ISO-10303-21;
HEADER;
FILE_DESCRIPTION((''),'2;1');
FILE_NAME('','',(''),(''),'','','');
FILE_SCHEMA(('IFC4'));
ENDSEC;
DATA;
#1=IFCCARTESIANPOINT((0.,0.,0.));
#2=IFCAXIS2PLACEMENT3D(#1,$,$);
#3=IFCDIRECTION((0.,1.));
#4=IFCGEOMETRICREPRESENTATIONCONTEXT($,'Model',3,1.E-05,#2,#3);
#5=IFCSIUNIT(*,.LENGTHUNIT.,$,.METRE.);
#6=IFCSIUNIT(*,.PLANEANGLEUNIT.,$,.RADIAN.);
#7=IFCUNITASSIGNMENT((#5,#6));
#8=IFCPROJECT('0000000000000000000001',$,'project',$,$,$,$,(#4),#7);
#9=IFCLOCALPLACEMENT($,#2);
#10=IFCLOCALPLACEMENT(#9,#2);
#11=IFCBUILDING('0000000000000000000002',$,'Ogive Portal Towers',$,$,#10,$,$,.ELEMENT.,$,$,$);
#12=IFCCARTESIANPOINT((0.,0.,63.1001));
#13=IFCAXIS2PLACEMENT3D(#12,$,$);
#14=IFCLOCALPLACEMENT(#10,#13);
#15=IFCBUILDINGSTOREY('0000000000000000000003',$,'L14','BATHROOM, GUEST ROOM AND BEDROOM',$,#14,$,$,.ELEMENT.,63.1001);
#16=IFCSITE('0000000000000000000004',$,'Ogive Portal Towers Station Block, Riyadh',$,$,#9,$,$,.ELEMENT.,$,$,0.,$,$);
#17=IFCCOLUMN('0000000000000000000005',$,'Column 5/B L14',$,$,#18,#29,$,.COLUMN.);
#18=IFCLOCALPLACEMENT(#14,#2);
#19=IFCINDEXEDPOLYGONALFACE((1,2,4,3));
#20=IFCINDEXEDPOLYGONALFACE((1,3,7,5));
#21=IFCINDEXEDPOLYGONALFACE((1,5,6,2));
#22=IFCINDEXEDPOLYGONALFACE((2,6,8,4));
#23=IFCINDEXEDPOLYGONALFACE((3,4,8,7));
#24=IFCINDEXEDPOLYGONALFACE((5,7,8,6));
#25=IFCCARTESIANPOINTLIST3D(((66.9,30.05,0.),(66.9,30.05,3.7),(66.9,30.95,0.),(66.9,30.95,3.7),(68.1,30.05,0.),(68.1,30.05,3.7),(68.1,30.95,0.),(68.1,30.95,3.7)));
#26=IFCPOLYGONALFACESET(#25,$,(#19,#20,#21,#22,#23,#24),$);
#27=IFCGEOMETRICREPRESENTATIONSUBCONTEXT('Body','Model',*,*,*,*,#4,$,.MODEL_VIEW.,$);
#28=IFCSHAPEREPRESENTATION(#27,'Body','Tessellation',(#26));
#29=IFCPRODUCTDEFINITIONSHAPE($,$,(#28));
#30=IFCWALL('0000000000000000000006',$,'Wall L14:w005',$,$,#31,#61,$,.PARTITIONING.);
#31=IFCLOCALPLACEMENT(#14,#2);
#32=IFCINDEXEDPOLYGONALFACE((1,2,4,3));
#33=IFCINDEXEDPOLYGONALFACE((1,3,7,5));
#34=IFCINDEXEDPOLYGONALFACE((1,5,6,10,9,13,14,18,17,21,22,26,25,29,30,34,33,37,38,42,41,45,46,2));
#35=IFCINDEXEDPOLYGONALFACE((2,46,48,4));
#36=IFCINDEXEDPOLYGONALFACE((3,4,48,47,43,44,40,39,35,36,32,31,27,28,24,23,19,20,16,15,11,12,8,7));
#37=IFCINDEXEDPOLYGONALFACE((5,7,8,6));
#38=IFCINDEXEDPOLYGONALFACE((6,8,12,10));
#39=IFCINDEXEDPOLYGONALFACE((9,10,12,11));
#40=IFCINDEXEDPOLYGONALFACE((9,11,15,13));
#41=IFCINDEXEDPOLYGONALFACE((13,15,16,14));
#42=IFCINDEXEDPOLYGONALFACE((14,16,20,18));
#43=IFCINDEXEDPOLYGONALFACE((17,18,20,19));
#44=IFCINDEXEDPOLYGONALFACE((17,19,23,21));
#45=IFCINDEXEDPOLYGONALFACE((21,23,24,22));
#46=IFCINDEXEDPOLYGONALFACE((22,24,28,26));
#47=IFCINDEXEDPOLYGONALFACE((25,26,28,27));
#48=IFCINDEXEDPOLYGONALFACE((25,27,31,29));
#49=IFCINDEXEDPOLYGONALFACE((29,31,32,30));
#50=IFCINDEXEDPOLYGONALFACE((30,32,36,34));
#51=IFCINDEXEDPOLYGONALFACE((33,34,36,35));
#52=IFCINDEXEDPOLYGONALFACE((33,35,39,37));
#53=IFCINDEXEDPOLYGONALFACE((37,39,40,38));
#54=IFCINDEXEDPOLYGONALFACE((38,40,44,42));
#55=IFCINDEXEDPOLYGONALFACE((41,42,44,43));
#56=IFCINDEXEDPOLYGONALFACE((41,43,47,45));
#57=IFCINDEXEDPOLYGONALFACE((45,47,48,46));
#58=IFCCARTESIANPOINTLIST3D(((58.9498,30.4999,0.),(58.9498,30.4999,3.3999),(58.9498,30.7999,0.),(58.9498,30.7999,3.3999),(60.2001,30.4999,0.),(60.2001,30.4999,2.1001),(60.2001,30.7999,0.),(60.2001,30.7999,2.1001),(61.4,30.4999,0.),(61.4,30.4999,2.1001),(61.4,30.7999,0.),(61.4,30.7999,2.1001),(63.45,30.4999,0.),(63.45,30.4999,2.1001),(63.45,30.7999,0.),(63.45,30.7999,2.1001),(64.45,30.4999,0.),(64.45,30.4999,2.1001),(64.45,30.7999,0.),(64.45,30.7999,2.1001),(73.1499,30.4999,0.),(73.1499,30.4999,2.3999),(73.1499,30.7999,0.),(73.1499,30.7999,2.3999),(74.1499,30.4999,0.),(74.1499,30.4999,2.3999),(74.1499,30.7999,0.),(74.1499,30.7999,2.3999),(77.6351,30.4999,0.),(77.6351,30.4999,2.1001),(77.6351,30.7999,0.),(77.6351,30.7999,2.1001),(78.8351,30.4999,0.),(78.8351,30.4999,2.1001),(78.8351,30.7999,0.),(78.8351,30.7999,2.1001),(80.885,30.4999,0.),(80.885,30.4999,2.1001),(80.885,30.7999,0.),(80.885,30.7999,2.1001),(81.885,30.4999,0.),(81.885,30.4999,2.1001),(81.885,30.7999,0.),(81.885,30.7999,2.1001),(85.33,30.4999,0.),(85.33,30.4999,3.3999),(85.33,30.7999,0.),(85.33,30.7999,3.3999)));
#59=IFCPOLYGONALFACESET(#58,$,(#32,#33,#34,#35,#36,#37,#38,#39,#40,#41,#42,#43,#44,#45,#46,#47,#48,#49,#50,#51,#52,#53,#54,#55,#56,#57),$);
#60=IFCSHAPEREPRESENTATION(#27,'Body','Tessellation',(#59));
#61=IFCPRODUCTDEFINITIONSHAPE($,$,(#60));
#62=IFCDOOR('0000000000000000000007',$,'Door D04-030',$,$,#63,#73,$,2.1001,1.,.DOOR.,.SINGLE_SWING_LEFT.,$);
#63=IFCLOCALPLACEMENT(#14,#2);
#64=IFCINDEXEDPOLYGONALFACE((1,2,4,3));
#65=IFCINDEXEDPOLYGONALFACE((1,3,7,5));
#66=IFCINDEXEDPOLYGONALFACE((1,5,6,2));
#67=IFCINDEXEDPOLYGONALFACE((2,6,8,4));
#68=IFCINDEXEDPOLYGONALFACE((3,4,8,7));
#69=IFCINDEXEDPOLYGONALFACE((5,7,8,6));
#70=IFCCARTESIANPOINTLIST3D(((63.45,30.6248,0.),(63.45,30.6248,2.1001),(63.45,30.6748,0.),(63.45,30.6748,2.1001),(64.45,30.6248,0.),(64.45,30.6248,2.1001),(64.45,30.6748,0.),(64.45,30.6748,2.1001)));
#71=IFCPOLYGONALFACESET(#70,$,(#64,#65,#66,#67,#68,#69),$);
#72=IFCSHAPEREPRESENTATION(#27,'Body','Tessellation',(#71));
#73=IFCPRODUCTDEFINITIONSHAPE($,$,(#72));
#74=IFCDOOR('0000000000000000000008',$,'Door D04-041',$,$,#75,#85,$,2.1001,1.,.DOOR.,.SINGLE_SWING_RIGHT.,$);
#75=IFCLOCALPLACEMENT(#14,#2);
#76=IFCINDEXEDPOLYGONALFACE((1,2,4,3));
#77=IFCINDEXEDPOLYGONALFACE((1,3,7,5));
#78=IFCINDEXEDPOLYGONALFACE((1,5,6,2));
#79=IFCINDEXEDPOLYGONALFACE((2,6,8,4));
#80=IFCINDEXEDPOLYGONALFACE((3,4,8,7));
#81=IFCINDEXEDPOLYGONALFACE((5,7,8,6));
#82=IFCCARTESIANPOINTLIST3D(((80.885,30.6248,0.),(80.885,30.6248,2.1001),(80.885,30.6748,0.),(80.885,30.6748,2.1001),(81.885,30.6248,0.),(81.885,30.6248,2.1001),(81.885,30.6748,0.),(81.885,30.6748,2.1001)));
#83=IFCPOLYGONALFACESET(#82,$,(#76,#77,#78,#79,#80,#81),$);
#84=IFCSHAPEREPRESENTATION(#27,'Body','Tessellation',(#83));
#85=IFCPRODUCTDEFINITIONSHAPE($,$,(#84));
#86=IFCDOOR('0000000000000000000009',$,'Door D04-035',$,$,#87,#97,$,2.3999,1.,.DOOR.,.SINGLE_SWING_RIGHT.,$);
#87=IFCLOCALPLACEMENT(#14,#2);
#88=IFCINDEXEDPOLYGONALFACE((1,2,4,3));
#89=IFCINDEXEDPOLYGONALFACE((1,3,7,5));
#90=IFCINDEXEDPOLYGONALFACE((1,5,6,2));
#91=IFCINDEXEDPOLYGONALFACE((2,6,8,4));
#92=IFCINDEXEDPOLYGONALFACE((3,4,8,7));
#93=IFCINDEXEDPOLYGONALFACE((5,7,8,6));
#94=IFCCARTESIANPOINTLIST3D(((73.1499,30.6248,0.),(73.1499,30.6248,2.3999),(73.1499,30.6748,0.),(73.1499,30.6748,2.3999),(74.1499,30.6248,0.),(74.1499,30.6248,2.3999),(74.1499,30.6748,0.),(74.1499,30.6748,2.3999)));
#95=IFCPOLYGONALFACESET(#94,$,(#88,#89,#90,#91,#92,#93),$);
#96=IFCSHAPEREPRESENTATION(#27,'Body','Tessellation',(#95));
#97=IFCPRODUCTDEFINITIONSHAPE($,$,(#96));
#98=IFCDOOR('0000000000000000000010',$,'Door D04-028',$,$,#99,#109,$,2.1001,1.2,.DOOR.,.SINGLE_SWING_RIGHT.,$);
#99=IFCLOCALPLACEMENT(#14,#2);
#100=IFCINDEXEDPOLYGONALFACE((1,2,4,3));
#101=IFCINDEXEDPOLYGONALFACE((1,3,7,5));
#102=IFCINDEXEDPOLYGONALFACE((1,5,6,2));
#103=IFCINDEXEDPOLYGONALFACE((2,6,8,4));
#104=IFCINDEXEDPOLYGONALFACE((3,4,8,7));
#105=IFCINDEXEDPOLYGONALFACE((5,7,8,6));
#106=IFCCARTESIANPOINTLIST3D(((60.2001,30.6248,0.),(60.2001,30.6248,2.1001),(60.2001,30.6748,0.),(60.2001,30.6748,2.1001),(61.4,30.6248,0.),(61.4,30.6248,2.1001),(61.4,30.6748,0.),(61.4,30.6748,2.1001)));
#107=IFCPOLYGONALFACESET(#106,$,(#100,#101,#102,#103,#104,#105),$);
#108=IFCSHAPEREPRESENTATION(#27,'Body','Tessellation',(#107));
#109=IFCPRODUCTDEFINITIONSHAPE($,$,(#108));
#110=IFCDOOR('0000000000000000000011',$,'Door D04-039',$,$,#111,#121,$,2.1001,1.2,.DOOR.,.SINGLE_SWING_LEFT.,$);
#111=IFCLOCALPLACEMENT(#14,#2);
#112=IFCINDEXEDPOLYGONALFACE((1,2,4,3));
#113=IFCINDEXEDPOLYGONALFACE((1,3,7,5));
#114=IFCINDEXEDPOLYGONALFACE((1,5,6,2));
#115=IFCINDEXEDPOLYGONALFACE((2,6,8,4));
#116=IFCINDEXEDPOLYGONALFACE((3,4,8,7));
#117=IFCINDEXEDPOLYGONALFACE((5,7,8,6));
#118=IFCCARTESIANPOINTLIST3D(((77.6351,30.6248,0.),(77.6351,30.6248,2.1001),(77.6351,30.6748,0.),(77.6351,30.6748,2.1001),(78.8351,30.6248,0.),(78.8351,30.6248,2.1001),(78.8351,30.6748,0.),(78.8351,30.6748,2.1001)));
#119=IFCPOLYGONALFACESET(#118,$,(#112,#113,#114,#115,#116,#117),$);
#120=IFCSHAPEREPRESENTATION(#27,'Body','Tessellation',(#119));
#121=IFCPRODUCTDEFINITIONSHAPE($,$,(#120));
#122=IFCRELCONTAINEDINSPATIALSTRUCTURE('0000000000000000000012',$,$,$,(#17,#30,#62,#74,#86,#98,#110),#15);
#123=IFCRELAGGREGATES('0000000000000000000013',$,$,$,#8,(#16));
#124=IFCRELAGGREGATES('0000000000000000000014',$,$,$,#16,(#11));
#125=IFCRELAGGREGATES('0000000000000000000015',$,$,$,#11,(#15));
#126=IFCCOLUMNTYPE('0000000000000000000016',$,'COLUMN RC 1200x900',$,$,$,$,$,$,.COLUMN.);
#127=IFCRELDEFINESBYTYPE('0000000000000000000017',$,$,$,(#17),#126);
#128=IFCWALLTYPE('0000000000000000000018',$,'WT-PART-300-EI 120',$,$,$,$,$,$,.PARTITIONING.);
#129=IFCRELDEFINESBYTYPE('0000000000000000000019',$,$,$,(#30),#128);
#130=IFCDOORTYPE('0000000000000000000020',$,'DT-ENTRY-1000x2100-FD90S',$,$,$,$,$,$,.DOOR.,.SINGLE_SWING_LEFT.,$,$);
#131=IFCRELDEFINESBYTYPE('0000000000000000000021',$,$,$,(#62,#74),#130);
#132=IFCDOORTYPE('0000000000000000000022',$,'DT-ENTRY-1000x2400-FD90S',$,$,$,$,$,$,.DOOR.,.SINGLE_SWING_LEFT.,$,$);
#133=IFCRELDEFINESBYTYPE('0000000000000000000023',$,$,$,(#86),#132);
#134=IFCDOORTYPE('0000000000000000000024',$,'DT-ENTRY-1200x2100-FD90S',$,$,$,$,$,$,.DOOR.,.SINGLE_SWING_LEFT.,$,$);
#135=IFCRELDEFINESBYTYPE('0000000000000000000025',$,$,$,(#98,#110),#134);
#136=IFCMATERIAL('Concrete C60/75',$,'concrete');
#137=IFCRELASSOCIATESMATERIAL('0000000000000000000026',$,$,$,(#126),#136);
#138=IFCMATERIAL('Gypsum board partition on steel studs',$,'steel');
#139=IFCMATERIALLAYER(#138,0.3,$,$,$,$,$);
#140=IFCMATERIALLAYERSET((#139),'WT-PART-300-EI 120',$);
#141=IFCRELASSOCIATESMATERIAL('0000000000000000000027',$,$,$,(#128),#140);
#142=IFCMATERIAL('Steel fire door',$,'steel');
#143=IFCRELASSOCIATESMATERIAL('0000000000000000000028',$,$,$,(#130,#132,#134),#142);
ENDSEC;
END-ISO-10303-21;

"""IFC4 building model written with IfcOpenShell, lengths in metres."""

from ifc_helpers import new_model, si_unit, direction, frame, frame_2d, origin, origin_2d, place, context, subcontext, project, spatial, rectangle, extrude, material, layer, layer_set, material_profile, profile_set, type_object, element, fill, save


model = new_model("IFC4")

# Units and contexts
model_context = context("Model", 3, precision=1e-05, world=origin(), true_north=direction((0.0, 1.0)))
body_context = subcontext(model_context, "Body", "Model", "MODEL_VIEW")
ifc_project = project(units=[si_unit("LENGTHUNIT", "METRE"), si_unit("PLANEANGLEUNIT", "RADIAN")], contexts=[model_context])

# Site, building, storey
site_placement = place(None, origin())
site = spatial("IfcSite", under=ifc_project, at=site_placement, Name="Ogive Portal Towers Station Block, Riyadh", CompositionType="ELEMENT", RefElevation=0.0)
building_placement = place(site_placement, origin())
building = spatial("IfcBuilding", under=site, at=building_placement, Name="Ogive Portal Towers", CompositionType="ELEMENT")
storey_placement = place(building_placement, frame((0.0, 0.0, 63.1001)))
storey = spatial("IfcBuildingStorey", under=building, at=storey_placement, Name="L14", Description="BATHROOM, GUEST ROOM AND BEDROOM", CompositionType="ELEMENT", Elevation=63.1001)

# Column
ifc_material_1 = material(Name="Concrete C60/75", Category="concrete")
ifc_material_profile = material_profile(ifc_material_1, rectangle(XDim=1.2, YDim=0.8999, at=origin_2d()), Name="RC 1200x900")
ifc_profile_set = profile_set([ifc_material_profile], Name="Concrete C60/75")
column_type = type_object("IfcColumnType", Name="COLUMN RC 1200x900", PredefinedType="COLUMN", material=ifc_profile_set)
column_placement = place(storey_placement, frame((67.5, 30.5, 0.0), z_axis=(0.0, 0.0, 1.0), x_axis=(1.0, 0.0, 0.0)))
element("IfcColumn", 1, at=column_placement, inside=storey, type_object=column_type, Name="Column 5/B L14", PredefinedType="COLUMN", context=body_context, shape_type="SweptSolid", body=[
    extrude(rectangle(XDim=1.2, YDim=0.8999, at=origin_2d()), origin(), (0.0, 0.0, 1.0), 3.7),
])

# Wall, openings, doors
ifc_material_2 = material(Name="Gypsum board partition on steel studs", Category="steel")
ifc_layer_1 = layer(ifc_material_2, 0.3)
ifc_layer_set_1 = layer_set([ifc_layer_1], Name="WT-PART-300-EI 120")
wall_type_1 = type_object("IfcWallType", Name="WT-PART-300-EI 120", PredefinedType="PARTITIONING", material=ifc_layer_set_1)
wall_1_placement = place(storey_placement, frame((58.95, 30.6499, 0.0), z_axis=(0.0, 0.0, 1.0), x_axis=(1.0, 0.0, 0.0)))
wall_1 = element("IfcWall", 2, at=wall_1_placement, inside=storey, type_object=wall_type_1, Name="Wall L14:w005", PredefinedType="PARTITIONING", context=body_context, shape_type="SweptSolid", body=[
    extrude(rectangle(XDim=26.3801, YDim=0.3, at=frame_2d((13.1899, 0.0))), origin(), (0.0, 0.0, 1.0), 3.3999),
])
opening_1_placement = place(wall_1_placement, frame((1.25, 0.0, 0.0)))
opening_1 = element("IfcOpeningElement", 3, at=opening_1_placement, cuts=wall_1, PredefinedType="OPENING", context=body_context, shape_type="SweptSolid", body=[
    extrude(rectangle(XDim=1.2, YDim=2.1001, at=frame_2d((0.6001, 1.05))), frame((0.0, 0.1602, 0.0), z_axis=(0.0, -1.0, 0.0), x_axis=(1.0, 0.0, 0.0)), (0.0, 0.0, 1.0), 0.3201),
])
opening_2_placement = place(wall_1_placement, frame((4.5, 0.0, 0.0)))
opening_2 = element("IfcOpeningElement", 4, at=opening_2_placement, cuts=wall_1, PredefinedType="OPENING", context=body_context, shape_type="SweptSolid", body=[
    extrude(rectangle(XDim=1.0, YDim=2.1001, at=frame_2d((0.5, 1.05))), frame((0.0, 0.1602, 0.0), z_axis=(0.0, -1.0, 0.0), x_axis=(1.0, 0.0, 0.0)), (0.0, 0.0, 1.0), 0.3201),
])
opening_3_placement = place(wall_1_placement, frame((14.2, 0.0, 0.0)))
opening_3 = element("IfcOpeningElement", 5, at=opening_3_placement, cuts=wall_1, PredefinedType="OPENING", context=body_context, shape_type="SweptSolid", body=[
    extrude(rectangle(XDim=1.0, YDim=2.3999, at=frame_2d((0.5, 1.2))), frame((0.0, 0.1602, 0.0), z_axis=(0.0, -1.0, 0.0), x_axis=(1.0, 0.0, 0.0)), (0.0, 0.0, 1.0), 0.3201),
])
opening_4_placement = place(wall_1_placement, frame((18.6851, 0.0, 0.0)))
opening_4 = element("IfcOpeningElement", 6, at=opening_4_placement, cuts=wall_1, PredefinedType="OPENING", context=body_context, shape_type="SweptSolid", body=[
    extrude(rectangle(XDim=1.2, YDim=2.1001, at=frame_2d((0.6001, 1.05))), frame((0.0, 0.1602, 0.0), z_axis=(0.0, -1.0, 0.0), x_axis=(1.0, 0.0, 0.0)), (0.0, 0.0, 1.0), 0.3201),
])
opening_5_placement = place(wall_1_placement, frame((21.9351, 0.0, 0.0)))
opening_5 = element("IfcOpeningElement", 7, at=opening_5_placement, cuts=wall_1, PredefinedType="OPENING", context=body_context, shape_type="SweptSolid", body=[
    extrude(rectangle(XDim=1.0, YDim=2.1001, at=frame_2d((0.5, 1.05))), frame((0.0, 0.1602, 0.0), z_axis=(0.0, -1.0, 0.0), x_axis=(1.0, 0.0, 0.0)), (0.0, 0.0, 1.0), 0.3201),
])
ifc_material_3 = material(Name="Steel fire door", Category="steel")
door_type_1 = type_object("IfcDoorType", Name="DT-ENTRY-1000x2100-FD90S", OperationType="SINGLE_SWING_LEFT", PredefinedType="DOOR", material=ifc_material_3)
door_1_placement = place(opening_2_placement, origin())
door_1 = element("IfcDoor", 8, at=door_1_placement, inside=storey, type_object=door_type_1, Name="Door D04-030", OperationType="SINGLE_SWING_LEFT", OverallHeight=2.1001, OverallWidth=1.0, PredefinedType="DOOR", context=body_context, shape_type="SweptSolid", body=[
    extrude(rectangle(XDim=1.0, YDim=2.1001, at=frame_2d((0.5, 1.05))), frame((0.0, 0.0249, 0.0), z_axis=(0.0, -1.0, 0.0), x_axis=(1.0, 0.0, 0.0)), (0.0, 0.0, 1.0), 0.05),
])
fill(opening_2, door_1)
door_2_placement = place(opening_5_placement, origin())
door_2 = element("IfcDoor", 9, at=door_2_placement, inside=storey, type_object=door_type_1, Name="Door D04-041", OperationType="SINGLE_SWING_RIGHT", OverallHeight=2.1001, OverallWidth=1.0, PredefinedType="DOOR", context=body_context, shape_type="SweptSolid", body=[
    extrude(rectangle(XDim=1.0, YDim=2.1001, at=frame_2d((0.5, 1.05))), frame((0.0, 0.0249, 0.0), z_axis=(0.0, -1.0, 0.0), x_axis=(1.0, 0.0, 0.0)), (0.0, 0.0, 1.0), 0.05),
])
fill(opening_5, door_2)
door_type_2 = type_object("IfcDoorType", Name="DT-ENTRY-1000x2400-FD90S", OperationType="SINGLE_SWING_LEFT", PredefinedType="DOOR", material=ifc_material_3)
door_3_placement = place(opening_3_placement, origin())
door_3 = element("IfcDoor", 10, at=door_3_placement, inside=storey, type_object=door_type_2, Name="Door D04-035", OperationType="SINGLE_SWING_RIGHT", OverallHeight=2.3999, OverallWidth=1.0, PredefinedType="DOOR", context=body_context, shape_type="SweptSolid", body=[
    extrude(rectangle(XDim=1.0, YDim=2.3999, at=frame_2d((0.5, 1.2))), frame((0.0, 0.0249, 0.0), z_axis=(0.0, -1.0, 0.0), x_axis=(1.0, 0.0, 0.0)), (0.0, 0.0, 1.0), 0.05),
])
fill(opening_3, door_3)
door_type_3 = type_object("IfcDoorType", Name="DT-ENTRY-1200x2100-FD90S", OperationType="SINGLE_SWING_LEFT", PredefinedType="DOOR", material=ifc_material_3)
door_4_placement = place(opening_1_placement, origin())
door_4 = element("IfcDoor", 11, at=door_4_placement, inside=storey, type_object=door_type_3, Name="Door D04-028", OperationType="SINGLE_SWING_RIGHT", OverallHeight=2.1001, OverallWidth=1.2, PredefinedType="DOOR", context=body_context, shape_type="SweptSolid", body=[
    extrude(rectangle(XDim=1.2, YDim=2.1001, at=frame_2d((0.6001, 1.05))), frame((0.0, 0.0249, 0.0), z_axis=(0.0, -1.0, 0.0), x_axis=(1.0, 0.0, 0.0)), (0.0, 0.0, 1.0), 0.05),
])
fill(opening_1, door_4)
door_5_placement = place(opening_4_placement, origin())
door_5 = element("IfcDoor", 12, at=door_5_placement, inside=storey, type_object=door_type_3, Name="Door D04-039", OperationType="SINGLE_SWING_LEFT", OverallHeight=2.1001, OverallWidth=1.2, PredefinedType="DOOR", context=body_context, shape_type="SweptSolid", body=[
    extrude(rectangle(XDim=1.2, YDim=2.1001, at=frame_2d((0.6001, 1.05))), frame((0.0, 0.0249, 0.0), z_axis=(0.0, -1.0, 0.0), x_axis=(1.0, 0.0, 0.0)), (0.0, 0.0, 1.0), 0.05),
])
fill(opening_4, door_5)

save(model, "model.ifc")
